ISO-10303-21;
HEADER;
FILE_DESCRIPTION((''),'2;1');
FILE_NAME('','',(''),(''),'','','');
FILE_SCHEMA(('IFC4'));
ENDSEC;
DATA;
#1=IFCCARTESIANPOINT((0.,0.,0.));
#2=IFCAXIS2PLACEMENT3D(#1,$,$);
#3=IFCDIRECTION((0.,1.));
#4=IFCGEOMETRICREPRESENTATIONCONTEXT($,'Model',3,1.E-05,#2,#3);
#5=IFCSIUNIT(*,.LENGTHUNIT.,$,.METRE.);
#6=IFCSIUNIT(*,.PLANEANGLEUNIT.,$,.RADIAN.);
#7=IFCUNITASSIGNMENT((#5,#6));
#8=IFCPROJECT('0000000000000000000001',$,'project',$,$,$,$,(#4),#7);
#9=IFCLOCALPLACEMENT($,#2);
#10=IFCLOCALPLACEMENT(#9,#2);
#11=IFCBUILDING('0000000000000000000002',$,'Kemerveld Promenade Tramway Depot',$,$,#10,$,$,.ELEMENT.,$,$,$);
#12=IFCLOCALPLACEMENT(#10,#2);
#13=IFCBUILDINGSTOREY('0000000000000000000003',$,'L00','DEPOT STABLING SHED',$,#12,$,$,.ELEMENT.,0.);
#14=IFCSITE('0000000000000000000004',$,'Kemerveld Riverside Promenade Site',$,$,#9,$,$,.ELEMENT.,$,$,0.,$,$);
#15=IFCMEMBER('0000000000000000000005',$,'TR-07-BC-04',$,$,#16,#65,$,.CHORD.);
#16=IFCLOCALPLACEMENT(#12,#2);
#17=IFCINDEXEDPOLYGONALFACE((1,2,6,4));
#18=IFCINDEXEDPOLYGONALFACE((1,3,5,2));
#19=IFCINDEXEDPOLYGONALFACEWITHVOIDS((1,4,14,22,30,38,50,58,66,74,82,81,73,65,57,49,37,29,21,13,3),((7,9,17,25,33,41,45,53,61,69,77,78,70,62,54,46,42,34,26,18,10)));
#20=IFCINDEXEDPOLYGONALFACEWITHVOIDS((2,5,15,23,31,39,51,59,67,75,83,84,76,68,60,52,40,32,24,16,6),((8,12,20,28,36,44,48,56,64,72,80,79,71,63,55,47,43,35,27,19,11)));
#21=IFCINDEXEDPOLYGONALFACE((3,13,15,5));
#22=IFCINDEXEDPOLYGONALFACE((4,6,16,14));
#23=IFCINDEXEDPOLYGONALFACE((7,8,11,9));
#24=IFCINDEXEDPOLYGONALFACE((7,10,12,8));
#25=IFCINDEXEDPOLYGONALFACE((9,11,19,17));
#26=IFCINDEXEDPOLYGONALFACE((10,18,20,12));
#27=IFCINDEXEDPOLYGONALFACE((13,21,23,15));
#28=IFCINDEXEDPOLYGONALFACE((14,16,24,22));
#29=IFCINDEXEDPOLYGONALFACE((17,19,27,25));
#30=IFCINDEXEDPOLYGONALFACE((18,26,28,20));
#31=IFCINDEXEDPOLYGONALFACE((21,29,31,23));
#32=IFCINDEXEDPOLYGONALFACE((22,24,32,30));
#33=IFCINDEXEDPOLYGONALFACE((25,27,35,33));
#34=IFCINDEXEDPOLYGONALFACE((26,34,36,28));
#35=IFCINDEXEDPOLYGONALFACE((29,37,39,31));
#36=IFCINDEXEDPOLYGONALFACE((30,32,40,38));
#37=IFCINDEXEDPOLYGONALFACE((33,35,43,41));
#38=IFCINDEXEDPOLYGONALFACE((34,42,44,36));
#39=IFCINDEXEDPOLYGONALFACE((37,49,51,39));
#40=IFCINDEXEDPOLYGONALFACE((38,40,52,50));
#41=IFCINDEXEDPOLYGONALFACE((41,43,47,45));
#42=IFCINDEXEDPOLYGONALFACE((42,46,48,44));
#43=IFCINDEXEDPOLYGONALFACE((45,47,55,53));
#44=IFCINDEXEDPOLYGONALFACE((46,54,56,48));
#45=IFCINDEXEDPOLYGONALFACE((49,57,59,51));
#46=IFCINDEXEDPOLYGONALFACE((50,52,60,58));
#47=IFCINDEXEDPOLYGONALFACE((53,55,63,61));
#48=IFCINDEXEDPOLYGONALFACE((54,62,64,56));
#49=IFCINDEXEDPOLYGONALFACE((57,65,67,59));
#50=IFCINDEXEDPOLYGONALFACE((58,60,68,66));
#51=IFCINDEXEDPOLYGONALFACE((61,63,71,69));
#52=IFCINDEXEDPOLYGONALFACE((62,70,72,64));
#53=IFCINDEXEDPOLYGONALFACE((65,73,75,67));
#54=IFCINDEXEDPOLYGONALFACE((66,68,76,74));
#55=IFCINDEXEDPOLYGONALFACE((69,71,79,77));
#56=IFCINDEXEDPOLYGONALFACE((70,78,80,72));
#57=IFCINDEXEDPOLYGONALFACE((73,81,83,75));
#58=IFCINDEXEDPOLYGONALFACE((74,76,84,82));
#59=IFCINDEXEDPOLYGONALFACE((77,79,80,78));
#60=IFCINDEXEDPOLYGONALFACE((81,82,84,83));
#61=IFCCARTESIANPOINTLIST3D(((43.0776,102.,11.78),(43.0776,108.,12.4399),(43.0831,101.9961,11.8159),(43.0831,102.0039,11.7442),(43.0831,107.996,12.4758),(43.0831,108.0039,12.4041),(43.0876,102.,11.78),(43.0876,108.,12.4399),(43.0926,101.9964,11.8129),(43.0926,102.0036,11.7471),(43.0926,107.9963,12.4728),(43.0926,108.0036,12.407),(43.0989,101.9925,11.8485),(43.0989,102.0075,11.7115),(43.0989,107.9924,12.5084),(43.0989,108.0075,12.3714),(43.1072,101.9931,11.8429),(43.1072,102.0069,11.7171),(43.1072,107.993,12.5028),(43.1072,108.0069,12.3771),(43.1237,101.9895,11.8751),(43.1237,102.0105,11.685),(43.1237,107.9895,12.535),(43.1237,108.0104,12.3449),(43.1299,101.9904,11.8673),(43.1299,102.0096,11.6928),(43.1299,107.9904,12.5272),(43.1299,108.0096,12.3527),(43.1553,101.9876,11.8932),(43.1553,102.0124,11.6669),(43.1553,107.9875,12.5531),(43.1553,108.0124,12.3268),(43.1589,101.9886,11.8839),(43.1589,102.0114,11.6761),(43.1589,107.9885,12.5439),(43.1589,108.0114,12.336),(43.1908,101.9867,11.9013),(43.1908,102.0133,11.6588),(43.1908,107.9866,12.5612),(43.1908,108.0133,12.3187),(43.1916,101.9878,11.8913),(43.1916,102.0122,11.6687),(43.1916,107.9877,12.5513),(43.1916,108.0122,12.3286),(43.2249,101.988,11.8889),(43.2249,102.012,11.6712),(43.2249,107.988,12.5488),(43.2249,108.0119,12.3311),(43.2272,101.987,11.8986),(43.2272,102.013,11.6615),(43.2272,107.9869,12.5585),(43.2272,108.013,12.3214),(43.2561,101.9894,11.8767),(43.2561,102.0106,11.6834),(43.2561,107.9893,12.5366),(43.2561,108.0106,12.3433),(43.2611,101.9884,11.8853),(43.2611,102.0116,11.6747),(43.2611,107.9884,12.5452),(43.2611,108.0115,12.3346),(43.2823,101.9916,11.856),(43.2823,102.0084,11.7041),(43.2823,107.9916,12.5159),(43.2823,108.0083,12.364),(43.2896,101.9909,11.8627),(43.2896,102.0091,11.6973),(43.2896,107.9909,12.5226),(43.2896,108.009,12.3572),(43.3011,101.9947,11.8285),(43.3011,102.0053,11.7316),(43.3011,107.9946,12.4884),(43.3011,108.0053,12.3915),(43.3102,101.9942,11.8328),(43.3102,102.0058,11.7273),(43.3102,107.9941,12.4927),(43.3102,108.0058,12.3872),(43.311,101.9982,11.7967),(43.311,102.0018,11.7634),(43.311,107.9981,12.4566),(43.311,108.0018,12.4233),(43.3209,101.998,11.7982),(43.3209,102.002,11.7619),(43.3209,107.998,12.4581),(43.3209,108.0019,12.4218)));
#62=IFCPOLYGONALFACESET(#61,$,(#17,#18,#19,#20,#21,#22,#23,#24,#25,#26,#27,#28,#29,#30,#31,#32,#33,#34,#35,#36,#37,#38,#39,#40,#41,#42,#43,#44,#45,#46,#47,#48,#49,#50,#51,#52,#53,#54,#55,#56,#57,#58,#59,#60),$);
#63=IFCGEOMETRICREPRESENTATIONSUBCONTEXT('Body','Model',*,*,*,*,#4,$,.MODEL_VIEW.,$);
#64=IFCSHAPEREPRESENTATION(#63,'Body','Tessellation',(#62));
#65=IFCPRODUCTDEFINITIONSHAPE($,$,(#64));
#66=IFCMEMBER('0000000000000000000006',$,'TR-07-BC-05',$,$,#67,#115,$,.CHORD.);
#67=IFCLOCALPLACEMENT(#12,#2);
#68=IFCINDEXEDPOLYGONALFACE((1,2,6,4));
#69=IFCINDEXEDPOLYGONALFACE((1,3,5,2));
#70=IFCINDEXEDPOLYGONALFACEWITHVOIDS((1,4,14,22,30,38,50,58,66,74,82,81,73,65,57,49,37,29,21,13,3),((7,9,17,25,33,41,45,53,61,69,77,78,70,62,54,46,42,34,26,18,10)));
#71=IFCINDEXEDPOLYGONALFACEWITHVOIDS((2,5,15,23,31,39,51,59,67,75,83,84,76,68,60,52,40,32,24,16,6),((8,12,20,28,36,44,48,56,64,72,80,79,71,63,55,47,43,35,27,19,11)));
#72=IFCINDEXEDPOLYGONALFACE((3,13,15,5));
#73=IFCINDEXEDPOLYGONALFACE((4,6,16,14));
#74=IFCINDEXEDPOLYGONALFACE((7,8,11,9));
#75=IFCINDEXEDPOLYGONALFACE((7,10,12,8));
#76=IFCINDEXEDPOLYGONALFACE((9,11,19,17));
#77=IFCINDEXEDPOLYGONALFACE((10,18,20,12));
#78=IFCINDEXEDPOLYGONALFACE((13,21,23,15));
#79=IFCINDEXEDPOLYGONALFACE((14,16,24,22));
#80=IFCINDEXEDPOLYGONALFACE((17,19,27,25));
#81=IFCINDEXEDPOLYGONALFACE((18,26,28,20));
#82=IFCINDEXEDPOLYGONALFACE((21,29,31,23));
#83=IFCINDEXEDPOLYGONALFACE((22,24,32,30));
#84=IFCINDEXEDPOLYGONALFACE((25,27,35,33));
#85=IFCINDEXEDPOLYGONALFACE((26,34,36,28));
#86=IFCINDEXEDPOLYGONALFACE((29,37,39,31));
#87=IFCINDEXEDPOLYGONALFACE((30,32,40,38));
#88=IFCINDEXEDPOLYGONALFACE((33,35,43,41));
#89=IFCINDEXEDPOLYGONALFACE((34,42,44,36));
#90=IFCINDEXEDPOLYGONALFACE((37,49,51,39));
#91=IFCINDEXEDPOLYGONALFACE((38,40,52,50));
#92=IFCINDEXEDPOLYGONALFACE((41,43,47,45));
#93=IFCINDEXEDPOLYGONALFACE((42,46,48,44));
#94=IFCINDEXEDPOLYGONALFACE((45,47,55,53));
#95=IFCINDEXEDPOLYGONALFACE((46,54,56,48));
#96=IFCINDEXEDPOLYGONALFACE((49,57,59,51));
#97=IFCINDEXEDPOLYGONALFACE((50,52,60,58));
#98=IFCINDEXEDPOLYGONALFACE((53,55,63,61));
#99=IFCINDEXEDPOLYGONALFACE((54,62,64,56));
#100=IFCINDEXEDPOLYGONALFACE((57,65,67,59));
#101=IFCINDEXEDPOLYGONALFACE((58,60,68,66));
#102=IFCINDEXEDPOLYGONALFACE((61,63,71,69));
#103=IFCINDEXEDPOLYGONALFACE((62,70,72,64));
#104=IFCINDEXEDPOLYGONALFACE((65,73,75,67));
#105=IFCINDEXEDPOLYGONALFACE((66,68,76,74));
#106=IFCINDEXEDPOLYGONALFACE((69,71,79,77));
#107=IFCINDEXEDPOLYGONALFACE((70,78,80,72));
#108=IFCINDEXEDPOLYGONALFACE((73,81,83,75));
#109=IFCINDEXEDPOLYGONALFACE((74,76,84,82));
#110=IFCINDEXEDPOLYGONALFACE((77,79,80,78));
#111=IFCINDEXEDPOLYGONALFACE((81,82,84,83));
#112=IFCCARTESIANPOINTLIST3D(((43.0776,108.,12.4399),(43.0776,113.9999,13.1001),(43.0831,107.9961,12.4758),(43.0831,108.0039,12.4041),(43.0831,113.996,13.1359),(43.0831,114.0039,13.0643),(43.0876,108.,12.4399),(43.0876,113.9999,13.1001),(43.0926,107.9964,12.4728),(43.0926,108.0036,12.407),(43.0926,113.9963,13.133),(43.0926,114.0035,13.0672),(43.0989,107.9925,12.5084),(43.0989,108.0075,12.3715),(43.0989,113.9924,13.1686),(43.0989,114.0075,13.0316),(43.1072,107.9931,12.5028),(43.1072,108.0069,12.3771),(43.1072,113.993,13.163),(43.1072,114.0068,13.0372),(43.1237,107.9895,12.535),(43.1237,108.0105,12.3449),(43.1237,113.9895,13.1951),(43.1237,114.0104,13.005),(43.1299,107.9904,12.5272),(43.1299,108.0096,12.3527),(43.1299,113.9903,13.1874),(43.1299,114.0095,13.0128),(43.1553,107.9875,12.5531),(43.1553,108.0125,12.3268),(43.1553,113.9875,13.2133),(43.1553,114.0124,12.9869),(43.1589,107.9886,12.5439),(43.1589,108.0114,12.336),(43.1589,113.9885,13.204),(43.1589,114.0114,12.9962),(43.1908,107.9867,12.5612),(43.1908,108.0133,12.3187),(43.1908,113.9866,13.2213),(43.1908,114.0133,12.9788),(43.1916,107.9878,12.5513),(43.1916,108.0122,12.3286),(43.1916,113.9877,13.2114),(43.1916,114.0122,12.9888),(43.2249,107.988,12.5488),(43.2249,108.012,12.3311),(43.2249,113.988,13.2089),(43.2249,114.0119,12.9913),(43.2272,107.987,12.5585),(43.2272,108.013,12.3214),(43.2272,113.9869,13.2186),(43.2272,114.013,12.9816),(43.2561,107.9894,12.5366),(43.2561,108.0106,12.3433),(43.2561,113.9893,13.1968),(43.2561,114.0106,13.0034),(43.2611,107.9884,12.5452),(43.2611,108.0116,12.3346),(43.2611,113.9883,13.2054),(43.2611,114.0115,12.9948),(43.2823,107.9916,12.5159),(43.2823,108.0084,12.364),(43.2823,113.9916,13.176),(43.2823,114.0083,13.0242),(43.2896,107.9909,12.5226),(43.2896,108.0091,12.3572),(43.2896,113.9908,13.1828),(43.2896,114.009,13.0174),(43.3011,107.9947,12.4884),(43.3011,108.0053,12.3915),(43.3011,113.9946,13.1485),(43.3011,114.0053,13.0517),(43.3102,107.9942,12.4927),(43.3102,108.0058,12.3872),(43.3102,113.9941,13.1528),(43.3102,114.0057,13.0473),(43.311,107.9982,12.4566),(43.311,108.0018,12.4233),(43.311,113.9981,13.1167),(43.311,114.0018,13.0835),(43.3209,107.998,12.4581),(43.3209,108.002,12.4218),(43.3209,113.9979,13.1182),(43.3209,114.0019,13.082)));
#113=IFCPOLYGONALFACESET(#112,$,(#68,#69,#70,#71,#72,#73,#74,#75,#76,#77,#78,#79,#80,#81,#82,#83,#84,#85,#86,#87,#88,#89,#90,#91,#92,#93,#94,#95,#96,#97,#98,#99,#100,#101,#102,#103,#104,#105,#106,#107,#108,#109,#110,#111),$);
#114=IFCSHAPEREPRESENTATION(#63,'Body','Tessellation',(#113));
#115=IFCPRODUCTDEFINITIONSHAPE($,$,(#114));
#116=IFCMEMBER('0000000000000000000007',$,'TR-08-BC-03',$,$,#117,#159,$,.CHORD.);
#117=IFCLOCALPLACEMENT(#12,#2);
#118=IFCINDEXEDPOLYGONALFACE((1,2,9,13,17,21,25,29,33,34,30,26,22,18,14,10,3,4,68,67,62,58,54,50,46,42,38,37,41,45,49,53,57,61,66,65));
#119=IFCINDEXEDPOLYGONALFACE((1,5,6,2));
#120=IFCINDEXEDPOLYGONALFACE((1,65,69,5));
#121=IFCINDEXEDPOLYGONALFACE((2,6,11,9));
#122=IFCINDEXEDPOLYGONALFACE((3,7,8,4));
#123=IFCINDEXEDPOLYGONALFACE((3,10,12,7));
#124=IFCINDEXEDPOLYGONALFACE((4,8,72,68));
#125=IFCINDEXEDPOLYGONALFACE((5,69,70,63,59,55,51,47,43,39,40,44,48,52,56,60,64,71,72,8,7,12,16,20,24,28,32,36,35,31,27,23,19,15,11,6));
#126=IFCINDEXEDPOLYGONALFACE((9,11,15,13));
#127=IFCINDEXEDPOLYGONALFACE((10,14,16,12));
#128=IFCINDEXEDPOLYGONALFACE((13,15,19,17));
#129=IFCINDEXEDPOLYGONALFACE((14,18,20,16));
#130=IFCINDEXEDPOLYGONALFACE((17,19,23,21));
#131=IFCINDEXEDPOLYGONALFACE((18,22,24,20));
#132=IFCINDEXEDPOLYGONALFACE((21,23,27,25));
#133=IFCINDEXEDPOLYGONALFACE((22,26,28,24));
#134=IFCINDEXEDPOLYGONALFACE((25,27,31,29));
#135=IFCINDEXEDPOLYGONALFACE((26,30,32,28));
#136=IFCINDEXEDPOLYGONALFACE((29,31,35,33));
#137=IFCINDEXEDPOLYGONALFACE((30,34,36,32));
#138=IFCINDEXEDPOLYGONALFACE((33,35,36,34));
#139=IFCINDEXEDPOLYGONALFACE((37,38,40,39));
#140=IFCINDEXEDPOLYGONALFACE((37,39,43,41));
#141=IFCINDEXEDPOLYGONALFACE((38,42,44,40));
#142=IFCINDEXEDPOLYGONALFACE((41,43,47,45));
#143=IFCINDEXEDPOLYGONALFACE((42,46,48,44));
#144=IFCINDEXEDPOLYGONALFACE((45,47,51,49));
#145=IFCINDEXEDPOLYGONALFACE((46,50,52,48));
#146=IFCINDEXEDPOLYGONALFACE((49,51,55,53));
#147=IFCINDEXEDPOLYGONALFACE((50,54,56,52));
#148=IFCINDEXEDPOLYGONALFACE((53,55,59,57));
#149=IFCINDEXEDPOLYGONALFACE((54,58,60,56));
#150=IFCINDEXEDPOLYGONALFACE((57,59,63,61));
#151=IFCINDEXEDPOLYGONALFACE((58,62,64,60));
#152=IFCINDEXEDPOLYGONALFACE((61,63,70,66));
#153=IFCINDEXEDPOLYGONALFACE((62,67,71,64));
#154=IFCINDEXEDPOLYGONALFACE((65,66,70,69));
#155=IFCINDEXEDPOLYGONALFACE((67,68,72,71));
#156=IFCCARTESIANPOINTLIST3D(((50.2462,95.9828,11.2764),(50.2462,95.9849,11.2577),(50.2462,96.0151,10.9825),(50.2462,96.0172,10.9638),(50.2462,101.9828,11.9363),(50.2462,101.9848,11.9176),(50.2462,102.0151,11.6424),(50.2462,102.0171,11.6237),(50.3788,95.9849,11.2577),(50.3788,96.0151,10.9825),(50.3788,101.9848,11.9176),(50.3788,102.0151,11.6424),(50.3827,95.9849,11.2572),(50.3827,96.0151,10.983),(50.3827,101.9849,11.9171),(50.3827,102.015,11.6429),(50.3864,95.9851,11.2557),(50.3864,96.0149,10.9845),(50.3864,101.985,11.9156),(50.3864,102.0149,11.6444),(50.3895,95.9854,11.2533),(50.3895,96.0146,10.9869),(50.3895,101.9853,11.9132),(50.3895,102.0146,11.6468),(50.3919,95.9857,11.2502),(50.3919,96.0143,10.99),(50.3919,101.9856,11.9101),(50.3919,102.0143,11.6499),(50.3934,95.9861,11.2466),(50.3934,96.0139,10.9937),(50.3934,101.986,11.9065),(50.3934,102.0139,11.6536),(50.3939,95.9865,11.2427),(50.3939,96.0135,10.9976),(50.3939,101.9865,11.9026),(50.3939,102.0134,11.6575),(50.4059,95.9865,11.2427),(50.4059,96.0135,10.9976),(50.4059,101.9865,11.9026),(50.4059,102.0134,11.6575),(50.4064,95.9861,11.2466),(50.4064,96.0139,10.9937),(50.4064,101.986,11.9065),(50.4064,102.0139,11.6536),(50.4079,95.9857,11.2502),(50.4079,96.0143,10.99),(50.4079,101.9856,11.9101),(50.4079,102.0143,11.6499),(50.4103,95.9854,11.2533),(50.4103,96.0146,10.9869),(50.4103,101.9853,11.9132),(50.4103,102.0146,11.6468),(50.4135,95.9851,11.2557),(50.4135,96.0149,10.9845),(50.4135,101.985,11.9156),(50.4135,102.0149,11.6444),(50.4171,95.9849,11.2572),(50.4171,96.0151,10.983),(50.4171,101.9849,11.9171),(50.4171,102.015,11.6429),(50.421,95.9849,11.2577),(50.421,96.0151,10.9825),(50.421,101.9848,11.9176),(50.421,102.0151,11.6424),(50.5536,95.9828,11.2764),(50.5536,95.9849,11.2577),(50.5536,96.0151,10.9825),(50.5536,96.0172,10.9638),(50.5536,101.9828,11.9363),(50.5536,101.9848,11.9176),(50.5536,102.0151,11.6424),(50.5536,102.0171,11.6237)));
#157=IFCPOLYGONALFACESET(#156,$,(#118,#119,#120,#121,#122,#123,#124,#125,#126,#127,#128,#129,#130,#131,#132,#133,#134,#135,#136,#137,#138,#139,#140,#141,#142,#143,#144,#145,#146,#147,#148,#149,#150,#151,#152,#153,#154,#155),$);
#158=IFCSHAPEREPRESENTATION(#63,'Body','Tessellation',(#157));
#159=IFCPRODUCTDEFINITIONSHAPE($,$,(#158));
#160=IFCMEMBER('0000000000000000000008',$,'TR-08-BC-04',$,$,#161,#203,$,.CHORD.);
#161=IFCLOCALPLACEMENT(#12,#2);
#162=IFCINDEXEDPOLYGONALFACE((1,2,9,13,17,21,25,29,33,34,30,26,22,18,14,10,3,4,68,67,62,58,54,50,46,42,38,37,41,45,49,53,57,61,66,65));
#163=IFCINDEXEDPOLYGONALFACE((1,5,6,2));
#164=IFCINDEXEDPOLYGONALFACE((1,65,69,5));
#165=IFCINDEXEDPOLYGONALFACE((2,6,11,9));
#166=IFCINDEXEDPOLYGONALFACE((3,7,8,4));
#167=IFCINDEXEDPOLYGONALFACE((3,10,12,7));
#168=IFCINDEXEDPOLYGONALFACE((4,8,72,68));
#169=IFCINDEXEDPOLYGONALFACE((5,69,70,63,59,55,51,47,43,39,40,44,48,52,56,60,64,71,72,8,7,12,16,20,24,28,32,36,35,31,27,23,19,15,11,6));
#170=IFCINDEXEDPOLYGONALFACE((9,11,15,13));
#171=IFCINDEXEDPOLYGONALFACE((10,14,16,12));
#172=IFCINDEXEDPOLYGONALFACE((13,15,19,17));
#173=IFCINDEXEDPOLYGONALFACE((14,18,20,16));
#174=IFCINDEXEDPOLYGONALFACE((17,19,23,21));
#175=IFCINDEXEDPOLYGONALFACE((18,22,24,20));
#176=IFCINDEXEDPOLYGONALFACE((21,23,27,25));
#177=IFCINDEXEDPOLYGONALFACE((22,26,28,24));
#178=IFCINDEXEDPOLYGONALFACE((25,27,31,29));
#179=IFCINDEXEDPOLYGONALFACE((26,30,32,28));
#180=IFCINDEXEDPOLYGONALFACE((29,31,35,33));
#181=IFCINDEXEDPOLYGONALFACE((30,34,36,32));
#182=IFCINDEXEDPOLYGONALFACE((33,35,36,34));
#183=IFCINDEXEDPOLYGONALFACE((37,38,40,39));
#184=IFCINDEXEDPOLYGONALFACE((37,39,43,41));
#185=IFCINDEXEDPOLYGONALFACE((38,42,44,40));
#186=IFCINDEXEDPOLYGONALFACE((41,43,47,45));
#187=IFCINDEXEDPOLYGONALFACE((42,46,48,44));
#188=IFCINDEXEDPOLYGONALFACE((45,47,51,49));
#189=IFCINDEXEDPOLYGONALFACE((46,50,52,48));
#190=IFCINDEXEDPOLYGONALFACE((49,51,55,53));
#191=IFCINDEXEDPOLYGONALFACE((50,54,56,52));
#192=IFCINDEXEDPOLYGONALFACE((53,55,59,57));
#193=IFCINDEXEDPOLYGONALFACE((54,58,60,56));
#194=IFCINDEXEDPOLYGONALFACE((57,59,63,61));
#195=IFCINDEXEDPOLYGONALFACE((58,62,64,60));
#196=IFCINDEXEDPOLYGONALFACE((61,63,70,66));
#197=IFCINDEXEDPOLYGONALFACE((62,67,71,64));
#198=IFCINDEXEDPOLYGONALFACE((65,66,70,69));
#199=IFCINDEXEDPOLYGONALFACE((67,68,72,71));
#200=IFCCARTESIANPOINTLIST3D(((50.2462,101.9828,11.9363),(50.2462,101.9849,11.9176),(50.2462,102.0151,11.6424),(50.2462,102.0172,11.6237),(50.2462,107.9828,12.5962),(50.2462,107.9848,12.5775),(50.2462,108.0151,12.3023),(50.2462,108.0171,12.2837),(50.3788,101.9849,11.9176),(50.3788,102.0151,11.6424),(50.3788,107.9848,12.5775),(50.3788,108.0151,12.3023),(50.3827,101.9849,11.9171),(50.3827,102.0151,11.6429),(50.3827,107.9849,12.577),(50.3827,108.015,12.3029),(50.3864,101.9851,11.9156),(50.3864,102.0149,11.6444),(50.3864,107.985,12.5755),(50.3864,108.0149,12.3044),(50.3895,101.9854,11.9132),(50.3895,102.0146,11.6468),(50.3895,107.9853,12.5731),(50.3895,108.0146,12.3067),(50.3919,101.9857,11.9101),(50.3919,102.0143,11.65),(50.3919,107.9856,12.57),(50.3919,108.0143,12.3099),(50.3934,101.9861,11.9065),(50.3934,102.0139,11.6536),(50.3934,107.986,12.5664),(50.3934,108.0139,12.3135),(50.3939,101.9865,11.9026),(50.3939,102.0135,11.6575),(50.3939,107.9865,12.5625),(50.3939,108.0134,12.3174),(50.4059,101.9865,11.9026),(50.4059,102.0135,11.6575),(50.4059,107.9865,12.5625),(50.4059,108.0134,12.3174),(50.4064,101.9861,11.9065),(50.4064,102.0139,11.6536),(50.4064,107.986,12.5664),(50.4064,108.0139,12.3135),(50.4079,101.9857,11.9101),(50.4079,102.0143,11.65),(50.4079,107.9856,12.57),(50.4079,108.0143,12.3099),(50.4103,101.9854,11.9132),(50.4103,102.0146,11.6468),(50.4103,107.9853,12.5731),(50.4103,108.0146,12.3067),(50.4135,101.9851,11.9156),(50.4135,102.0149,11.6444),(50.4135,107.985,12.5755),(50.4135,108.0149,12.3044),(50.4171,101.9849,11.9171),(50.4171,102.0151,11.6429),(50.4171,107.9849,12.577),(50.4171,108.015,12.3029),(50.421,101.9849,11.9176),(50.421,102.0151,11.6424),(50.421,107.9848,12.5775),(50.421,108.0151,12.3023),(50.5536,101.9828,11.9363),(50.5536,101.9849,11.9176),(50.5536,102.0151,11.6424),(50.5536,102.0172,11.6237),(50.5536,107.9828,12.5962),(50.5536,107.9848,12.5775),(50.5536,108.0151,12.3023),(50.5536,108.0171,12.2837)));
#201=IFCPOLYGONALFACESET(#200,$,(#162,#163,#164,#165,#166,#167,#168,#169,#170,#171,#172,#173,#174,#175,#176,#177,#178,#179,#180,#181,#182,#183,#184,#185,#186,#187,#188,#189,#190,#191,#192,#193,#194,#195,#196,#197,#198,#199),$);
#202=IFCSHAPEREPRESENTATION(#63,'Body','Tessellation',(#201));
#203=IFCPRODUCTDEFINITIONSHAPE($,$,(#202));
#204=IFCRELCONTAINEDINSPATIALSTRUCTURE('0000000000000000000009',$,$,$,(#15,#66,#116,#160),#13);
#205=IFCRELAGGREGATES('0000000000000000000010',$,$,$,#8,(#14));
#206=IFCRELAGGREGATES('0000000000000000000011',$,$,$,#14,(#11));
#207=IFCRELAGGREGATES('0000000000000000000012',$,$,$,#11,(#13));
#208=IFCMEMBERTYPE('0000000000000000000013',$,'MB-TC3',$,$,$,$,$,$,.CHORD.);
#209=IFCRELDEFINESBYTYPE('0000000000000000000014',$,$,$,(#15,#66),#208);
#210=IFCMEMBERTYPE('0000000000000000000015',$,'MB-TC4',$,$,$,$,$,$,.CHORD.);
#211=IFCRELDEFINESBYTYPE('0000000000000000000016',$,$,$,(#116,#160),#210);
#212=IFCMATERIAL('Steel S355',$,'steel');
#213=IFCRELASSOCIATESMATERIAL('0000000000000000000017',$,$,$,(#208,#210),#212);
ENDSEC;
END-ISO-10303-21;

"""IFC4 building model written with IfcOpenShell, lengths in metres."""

from ifc_helpers import new_model, si_unit, direction, frame, origin, origin_2d, place, context, subcontext, project, spatial, hollow_circle, i_section, extrude, material, material_profile, profile_set, type_object, element, save


model = new_model("IFC4")

# Units and contexts
model_context = context("Model", 3, precision=1e-05, world=origin(), true_north=direction((0.0, 1.0)))
body_context = subcontext(model_context, "Body", "Model", "MODEL_VIEW")
ifc_project = project(units=[si_unit("LENGTHUNIT", "METRE"), si_unit("PLANEANGLEUNIT", "RADIAN")], contexts=[model_context])

# Site, building, storey
site_placement = place(None, origin())
site = spatial("IfcSite", under=ifc_project, at=site_placement, Name="Kemerveld Riverside Promenade Site", CompositionType="ELEMENT", RefElevation=0.0)
building_placement = place(site_placement, origin())
building = spatial("IfcBuilding", under=site, at=building_placement, Name="Kemerveld Promenade Tramway Depot", CompositionType="ELEMENT")
storey_placement = place(building_placement, origin())
storey = spatial("IfcBuildingStorey", under=building, at=storey_placement, Name="L00", Description="DEPOT STABLING SHED", CompositionType="ELEMENT", Elevation=0.0)

# Members
ifc_material = material(Name="Steel S355", Category="steel")
ifc_material_profile_1 = material_profile(ifc_material, hollow_circle(Radius=0.1223, WallThickness=0.01, at=origin_2d()), Name="244.5x10.0 CHS")
ifc_profile_set_1 = profile_set([ifc_material_profile_1], Name="Steel S355")
member_type_1 = type_object("IfcMemberType", Name="MB-TC3", PredefinedType="CHORD", material=ifc_profile_set_1)
for number, where, z_axis, x_axis, name in (
    (1, (43.2, 102.0, 11.78), (0.0, 0.994006, 0.109326), (-1.0, 0.0, 0.0), "TR-07-BC-04"),
    (2, (43.2, 108.0, 12.4399), (0.0, 0.994002, 0.109366), (-1.0, 0.0, 0.0), "TR-07-BC-05"),
):
    element("IfcMember", number, at=place(storey_placement, frame(where, z_axis=z_axis, x_axis=x_axis)), inside=storey, type_object=member_type_1, Name=name, PredefinedType="CHORD", context=body_context, shape_type="SweptSolid", body=[
        extrude(hollow_circle(Radius=0.1223, WallThickness=0.01, at=origin_2d()), origin(), (0.0, 0.0, 1.0), 6.0361),
    ])
ifc_material_profile_2 = material_profile(ifc_material, i_section(OverallWidth=0.3074, OverallDepth=0.3145, WebThickness=0.012, FlangeThickness=0.0188, FilletRadius=0.0151, at=origin_2d()), Name="305x305x118 UC")
ifc_profile_set_2 = profile_set([ifc_material_profile_2], Name="Steel S355")
member_type_2 = type_object("IfcMemberType", Name="MB-TC4", PredefinedType="CHORD", material=ifc_profile_set_2)
for number, where, z_axis, x_axis, name in (
    (3, (50.3999, 96.0, 11.1201), (0.0, 0.994006, 0.109326), (-1.0, 0.0, 0.0), "TR-08-BC-03"),
    (4, (50.3999, 102.0, 11.78), (0.0, 0.994006, 0.109326), (-1.0, 0.0, 0.0), "TR-08-BC-04"),
):
    element("IfcMember", number, at=place(storey_placement, frame(where, z_axis=z_axis, x_axis=x_axis)), inside=storey, type_object=member_type_2, Name=name, PredefinedType="CHORD", context=body_context, shape_type="SweptSolid", body=[
        extrude(i_section(OverallWidth=0.3074, OverallDepth=0.3145, WebThickness=0.012, FlangeThickness=0.0188, FilletRadius=0.0151, at=origin_2d()), origin(), (0.0, 0.0, 1.0), 6.0361),
    ])

save(model, "model.ifc")
